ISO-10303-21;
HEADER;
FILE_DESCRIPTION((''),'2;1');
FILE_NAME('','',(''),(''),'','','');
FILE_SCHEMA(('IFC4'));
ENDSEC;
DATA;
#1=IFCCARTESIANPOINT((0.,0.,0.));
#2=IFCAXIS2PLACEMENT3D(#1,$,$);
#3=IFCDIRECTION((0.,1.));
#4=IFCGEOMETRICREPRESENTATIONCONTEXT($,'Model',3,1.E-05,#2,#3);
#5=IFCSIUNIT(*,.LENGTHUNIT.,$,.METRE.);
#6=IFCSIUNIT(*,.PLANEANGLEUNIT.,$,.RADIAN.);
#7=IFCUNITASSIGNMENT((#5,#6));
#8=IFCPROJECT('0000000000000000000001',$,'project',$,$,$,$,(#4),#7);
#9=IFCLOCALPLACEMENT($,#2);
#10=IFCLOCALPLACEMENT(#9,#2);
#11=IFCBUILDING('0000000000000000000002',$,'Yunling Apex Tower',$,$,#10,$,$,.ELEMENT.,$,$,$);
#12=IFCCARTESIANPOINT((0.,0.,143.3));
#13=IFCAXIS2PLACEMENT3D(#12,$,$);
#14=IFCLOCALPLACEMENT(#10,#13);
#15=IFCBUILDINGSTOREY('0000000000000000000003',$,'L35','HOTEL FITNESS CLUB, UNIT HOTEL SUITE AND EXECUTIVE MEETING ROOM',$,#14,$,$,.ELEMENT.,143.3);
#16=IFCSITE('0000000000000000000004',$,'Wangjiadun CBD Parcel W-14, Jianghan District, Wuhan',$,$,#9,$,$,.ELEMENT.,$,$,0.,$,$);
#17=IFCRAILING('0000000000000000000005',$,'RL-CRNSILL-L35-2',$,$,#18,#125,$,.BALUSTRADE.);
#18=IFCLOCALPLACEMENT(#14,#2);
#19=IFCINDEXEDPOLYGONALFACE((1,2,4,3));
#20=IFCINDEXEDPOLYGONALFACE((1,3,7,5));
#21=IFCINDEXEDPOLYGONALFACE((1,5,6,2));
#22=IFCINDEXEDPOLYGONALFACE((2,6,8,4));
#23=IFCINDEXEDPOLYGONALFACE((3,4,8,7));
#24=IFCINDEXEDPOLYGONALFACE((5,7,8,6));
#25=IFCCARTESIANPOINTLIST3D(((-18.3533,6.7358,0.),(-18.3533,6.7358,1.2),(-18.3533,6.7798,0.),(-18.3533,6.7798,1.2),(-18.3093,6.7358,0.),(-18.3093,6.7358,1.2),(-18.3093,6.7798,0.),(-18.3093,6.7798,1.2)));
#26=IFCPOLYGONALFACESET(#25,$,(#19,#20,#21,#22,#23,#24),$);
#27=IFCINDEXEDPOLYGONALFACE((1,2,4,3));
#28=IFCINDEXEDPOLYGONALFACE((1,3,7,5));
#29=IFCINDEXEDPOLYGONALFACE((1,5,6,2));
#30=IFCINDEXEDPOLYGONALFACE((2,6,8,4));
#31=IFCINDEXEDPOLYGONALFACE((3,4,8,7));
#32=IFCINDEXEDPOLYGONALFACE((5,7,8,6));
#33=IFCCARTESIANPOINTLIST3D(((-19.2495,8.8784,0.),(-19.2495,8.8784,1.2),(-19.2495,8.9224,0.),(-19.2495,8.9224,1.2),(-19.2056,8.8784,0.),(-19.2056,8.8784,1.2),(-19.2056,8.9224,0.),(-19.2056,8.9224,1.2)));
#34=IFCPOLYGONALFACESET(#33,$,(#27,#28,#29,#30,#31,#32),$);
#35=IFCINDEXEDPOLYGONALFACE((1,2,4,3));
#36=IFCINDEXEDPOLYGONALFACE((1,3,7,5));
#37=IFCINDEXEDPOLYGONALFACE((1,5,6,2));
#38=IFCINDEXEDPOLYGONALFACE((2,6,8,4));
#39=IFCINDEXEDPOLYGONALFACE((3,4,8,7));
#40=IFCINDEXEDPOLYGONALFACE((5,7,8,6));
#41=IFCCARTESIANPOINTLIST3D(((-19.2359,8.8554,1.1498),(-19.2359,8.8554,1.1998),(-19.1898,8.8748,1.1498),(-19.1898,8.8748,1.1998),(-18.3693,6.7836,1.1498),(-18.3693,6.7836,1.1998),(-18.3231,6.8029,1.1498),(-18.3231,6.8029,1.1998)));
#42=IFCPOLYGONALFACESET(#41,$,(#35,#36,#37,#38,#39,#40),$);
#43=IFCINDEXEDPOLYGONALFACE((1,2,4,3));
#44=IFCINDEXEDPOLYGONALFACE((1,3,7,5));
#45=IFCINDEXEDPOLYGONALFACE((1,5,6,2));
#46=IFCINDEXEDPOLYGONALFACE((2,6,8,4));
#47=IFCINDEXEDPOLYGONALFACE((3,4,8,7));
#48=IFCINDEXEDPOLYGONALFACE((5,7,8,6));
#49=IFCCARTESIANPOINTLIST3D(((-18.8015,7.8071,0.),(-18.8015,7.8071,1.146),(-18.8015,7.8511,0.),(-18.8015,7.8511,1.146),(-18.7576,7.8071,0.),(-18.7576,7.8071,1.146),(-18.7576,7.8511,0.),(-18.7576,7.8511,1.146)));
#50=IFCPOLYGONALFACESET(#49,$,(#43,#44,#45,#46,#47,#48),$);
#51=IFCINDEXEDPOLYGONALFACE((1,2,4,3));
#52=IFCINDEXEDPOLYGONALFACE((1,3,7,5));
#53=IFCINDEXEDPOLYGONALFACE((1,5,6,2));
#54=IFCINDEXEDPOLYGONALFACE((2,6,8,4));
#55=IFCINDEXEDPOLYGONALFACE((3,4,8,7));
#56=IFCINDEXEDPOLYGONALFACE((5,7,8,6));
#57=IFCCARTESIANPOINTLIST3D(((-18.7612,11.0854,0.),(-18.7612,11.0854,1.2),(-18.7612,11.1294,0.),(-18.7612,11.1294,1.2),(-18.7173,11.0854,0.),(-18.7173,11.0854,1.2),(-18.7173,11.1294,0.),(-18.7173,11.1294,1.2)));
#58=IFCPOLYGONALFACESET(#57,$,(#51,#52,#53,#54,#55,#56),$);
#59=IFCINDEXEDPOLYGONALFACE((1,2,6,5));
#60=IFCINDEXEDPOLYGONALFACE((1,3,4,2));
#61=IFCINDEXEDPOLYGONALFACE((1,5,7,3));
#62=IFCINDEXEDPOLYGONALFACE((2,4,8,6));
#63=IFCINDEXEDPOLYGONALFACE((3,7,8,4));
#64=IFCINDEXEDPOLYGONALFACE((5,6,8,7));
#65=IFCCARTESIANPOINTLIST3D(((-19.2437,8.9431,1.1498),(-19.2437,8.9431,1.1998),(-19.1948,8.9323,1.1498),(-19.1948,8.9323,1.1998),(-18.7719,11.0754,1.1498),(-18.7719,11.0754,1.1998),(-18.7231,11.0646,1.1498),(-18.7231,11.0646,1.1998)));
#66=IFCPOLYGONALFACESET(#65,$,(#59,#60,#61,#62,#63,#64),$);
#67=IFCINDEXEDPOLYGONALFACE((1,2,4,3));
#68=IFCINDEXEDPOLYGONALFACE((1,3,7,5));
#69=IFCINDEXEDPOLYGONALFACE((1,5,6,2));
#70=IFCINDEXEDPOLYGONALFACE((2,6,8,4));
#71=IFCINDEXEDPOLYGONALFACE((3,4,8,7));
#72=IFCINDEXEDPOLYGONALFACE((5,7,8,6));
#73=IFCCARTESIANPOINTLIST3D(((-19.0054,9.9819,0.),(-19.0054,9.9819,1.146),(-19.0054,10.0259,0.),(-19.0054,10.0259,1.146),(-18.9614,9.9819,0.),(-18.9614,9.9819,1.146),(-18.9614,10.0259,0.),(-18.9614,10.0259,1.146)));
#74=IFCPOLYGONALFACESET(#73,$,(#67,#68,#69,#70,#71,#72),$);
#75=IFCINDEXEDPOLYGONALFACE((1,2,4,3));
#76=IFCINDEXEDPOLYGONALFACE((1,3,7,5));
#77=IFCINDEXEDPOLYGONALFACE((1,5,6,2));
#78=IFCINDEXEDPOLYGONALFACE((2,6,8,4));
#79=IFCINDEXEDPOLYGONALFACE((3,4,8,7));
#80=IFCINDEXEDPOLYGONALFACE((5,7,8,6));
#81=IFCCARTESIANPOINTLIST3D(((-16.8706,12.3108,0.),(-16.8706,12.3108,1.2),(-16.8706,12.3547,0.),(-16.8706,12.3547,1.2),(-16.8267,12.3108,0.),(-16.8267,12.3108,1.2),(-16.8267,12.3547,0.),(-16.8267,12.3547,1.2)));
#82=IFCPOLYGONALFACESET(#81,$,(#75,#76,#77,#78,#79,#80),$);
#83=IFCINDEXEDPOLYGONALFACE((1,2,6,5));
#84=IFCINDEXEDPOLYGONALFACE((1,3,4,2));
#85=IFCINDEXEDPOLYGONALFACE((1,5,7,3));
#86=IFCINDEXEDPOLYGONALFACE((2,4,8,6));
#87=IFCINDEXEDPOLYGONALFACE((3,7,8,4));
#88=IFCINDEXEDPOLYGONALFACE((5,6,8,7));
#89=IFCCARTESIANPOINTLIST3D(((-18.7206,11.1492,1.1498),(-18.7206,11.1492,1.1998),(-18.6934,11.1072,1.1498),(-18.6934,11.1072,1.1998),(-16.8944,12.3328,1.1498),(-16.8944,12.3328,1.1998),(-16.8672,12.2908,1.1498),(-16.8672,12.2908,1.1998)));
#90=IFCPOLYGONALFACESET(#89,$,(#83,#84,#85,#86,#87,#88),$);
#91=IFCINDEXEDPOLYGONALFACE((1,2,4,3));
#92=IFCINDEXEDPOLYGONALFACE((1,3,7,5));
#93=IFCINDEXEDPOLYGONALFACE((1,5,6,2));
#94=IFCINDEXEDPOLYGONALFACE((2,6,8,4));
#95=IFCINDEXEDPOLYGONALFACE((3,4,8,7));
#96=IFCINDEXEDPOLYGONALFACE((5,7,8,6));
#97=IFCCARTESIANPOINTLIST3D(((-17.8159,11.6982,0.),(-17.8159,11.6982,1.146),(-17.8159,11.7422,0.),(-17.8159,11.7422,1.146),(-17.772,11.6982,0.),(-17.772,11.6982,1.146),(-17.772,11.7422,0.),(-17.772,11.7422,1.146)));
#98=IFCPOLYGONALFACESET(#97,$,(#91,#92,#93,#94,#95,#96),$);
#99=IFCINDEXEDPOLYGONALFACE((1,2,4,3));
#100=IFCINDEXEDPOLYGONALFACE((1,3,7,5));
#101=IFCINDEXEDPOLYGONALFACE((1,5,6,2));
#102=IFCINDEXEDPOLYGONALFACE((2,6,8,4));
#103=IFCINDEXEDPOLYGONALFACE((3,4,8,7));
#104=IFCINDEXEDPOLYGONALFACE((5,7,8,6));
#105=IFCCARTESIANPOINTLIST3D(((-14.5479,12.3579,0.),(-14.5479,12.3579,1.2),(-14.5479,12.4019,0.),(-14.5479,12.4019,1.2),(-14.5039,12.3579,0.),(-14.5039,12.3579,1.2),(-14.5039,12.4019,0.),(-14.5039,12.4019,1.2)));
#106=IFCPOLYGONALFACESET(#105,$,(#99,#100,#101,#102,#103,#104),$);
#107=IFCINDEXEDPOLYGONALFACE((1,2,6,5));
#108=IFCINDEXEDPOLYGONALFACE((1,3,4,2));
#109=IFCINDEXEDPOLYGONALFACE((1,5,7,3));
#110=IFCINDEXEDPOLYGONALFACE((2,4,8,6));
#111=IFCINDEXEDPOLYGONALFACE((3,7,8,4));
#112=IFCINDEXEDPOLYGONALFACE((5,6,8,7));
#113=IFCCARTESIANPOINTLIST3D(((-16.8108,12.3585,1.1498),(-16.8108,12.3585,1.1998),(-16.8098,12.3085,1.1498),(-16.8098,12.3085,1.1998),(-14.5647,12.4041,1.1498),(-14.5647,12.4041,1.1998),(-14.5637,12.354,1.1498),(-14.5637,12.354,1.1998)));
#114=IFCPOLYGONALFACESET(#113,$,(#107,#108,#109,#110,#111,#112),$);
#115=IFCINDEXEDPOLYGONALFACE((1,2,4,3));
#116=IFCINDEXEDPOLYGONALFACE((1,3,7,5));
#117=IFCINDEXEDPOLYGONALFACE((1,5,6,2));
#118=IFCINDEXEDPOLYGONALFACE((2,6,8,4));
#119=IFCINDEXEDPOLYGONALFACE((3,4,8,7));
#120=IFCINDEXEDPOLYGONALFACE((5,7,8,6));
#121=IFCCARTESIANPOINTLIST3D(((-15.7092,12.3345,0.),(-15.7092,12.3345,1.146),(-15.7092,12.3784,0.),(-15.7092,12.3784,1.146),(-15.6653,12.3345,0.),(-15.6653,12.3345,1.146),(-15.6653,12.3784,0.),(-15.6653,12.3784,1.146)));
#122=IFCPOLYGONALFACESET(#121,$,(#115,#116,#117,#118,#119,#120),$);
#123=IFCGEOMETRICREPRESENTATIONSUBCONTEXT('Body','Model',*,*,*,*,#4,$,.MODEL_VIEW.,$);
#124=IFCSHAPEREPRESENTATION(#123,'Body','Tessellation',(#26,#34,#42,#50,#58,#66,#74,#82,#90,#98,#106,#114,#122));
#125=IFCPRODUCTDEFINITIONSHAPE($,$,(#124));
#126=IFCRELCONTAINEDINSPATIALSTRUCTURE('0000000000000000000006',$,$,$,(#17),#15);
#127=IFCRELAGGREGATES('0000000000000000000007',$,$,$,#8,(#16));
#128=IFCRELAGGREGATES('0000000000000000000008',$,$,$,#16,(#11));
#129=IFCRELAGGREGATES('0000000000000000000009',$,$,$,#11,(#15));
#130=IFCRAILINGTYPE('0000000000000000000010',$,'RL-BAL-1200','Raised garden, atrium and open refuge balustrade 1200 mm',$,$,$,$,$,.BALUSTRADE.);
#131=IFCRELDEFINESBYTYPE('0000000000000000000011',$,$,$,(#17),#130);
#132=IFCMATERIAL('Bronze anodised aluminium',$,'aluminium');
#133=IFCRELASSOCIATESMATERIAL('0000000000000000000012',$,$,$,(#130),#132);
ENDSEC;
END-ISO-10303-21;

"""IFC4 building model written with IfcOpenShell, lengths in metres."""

from ifc_helpers import new_model, si_unit, direction, frame, origin, origin_2d, place, context, subcontext, project, spatial, rectangle, extrude, material, type_object, element, save


model = new_model("IFC4")

# Units and contexts
model_context = context("Model", 3, precision=1e-05, world=origin(), true_north=direction((0.0, 1.0)))
body_context = subcontext(model_context, "Body", "Model", "MODEL_VIEW")
ifc_project = project(units=[si_unit("LENGTHUNIT", "METRE"), si_unit("PLANEANGLEUNIT", "RADIAN")], contexts=[model_context])

# Site, building, storey
site_placement = place(None, origin())
site = spatial("IfcSite", under=ifc_project, at=site_placement, Name="Wangjiadun CBD Parcel W-14, Jianghan District, Wuhan", CompositionType="ELEMENT", RefElevation=0.0)
building_placement = place(site_placement, origin())
building = spatial("IfcBuilding", under=site, at=building_placement, Name="Yunling Apex Tower", CompositionType="ELEMENT")
storey_placement = place(building_placement, frame((0.0, 0.0, 143.3)))
storey = spatial("IfcBuildingStorey", under=building, at=storey_placement, Name="L35", Description="HOTEL FITNESS CLUB, UNIT HOTEL SUITE AND EXECUTIVE MEETING ROOM", CompositionType="ELEMENT", Elevation=143.3)

# Shared definitions
ifc_material_1 = material(Name="Bronze anodised aluminium", Category="aluminium")

# Railing
railing_type = type_object("IfcRailingType", Name="RL-BAL-1200", Description="Raised garden, atrium and open refuge balustrade 1200 mm", PredefinedType="BALUSTRADE", material=ifc_material_1)
railing_placement = place(storey_placement, frame((-18.3313, 6.7578, 0.0)))
element("IfcRailing", 1, at=railing_placement, inside=storey, type_object=railing_type, Name="RL-CRNSILL-L35-2", PredefinedType="BALUSTRADE", context=body_context, shape_type="SweptSolid", body=[
    extrude(rectangle(XDim=0.0439, YDim=0.0439, at=origin_2d()), origin(), (0.0, 0.0, 1.0), 1.2),
    extrude(rectangle(XDim=0.0439, YDim=0.0439, at=origin_2d()), frame((-0.8962, 2.1426, 0.0)), (0.0, 0.0, 1.0), 1.2),
    extrude(rectangle(XDim=0.05, YDim=0.05, at=origin_2d()), frame((-0.0149, 0.0354, 1.1748), z_axis=(-0.385899, 0.922541, 0.0), x_axis=(-0.922541, -0.385899, 0.0)), (0.0, 0.0, 1.0), 2.2458),
    extrude(rectangle(XDim=0.0439, YDim=0.0439, at=origin_2d()), frame((-0.4482, 1.0713, 0.0)), (0.0, 0.0, 1.0), 1.146),
    extrude(rectangle(XDim=0.0439, YDim=0.0439, at=origin_2d()), frame((-0.408, 4.3496, 0.0)), (0.0, 0.0, 1.0), 1.2),
    extrude(rectangle(XDim=0.05, YDim=0.05, at=origin_2d()), frame((-0.8879, 2.1799, 1.1748), z_axis=(0.216015, 0.97639, 0.0), x_axis=(-0.97639, 0.216015, 0.0)), (0.0, 0.0, 1.0), 2.1838),
    extrude(rectangle(XDim=0.0439, YDim=0.0439, at=origin_2d()), frame((-0.6521, 3.2461, 0.0)), (0.0, 0.0, 1.0), 1.146),
    extrude(rectangle(XDim=0.0439, YDim=0.0439, at=origin_2d()), frame((1.4827, 5.575, 0.0)), (0.0, 0.0, 1.0), 1.2),
    extrude(rectangle(XDim=0.05, YDim=0.05, at=origin_2d()), frame((-0.3757, 4.3704, 1.1748), z_axis=(0.839166, 0.543876, 0.0), x_axis=(-0.543876, 0.839166, 0.0)), (0.0, 0.0, 1.0), 2.1763),
    extrude(rectangle(XDim=0.0439, YDim=0.0439, at=origin_2d()), frame((0.5374, 4.9624, 0.0)), (0.0, 0.0, 1.0), 1.146),
    extrude(rectangle(XDim=0.0439, YDim=0.0439, at=origin_2d()), frame((3.8054, 5.6221, 0.0)), (0.0, 0.0, 1.0), 1.2),
    extrude(rectangle(XDim=0.05, YDim=0.05, at=origin_2d()), frame((1.521, 5.5757, 1.1748), z_axis=(0.999794, 0.020282, 0.0), x_axis=(-0.020282, 0.999794, 0.0)), (0.0, 0.0, 1.0), 2.2466),
    extrude(rectangle(XDim=0.0439, YDim=0.0439, at=origin_2d()), frame((2.644, 5.5986, 0.0)), (0.0, 0.0, 1.0), 1.146),
])

save(model, "model.ifc")
